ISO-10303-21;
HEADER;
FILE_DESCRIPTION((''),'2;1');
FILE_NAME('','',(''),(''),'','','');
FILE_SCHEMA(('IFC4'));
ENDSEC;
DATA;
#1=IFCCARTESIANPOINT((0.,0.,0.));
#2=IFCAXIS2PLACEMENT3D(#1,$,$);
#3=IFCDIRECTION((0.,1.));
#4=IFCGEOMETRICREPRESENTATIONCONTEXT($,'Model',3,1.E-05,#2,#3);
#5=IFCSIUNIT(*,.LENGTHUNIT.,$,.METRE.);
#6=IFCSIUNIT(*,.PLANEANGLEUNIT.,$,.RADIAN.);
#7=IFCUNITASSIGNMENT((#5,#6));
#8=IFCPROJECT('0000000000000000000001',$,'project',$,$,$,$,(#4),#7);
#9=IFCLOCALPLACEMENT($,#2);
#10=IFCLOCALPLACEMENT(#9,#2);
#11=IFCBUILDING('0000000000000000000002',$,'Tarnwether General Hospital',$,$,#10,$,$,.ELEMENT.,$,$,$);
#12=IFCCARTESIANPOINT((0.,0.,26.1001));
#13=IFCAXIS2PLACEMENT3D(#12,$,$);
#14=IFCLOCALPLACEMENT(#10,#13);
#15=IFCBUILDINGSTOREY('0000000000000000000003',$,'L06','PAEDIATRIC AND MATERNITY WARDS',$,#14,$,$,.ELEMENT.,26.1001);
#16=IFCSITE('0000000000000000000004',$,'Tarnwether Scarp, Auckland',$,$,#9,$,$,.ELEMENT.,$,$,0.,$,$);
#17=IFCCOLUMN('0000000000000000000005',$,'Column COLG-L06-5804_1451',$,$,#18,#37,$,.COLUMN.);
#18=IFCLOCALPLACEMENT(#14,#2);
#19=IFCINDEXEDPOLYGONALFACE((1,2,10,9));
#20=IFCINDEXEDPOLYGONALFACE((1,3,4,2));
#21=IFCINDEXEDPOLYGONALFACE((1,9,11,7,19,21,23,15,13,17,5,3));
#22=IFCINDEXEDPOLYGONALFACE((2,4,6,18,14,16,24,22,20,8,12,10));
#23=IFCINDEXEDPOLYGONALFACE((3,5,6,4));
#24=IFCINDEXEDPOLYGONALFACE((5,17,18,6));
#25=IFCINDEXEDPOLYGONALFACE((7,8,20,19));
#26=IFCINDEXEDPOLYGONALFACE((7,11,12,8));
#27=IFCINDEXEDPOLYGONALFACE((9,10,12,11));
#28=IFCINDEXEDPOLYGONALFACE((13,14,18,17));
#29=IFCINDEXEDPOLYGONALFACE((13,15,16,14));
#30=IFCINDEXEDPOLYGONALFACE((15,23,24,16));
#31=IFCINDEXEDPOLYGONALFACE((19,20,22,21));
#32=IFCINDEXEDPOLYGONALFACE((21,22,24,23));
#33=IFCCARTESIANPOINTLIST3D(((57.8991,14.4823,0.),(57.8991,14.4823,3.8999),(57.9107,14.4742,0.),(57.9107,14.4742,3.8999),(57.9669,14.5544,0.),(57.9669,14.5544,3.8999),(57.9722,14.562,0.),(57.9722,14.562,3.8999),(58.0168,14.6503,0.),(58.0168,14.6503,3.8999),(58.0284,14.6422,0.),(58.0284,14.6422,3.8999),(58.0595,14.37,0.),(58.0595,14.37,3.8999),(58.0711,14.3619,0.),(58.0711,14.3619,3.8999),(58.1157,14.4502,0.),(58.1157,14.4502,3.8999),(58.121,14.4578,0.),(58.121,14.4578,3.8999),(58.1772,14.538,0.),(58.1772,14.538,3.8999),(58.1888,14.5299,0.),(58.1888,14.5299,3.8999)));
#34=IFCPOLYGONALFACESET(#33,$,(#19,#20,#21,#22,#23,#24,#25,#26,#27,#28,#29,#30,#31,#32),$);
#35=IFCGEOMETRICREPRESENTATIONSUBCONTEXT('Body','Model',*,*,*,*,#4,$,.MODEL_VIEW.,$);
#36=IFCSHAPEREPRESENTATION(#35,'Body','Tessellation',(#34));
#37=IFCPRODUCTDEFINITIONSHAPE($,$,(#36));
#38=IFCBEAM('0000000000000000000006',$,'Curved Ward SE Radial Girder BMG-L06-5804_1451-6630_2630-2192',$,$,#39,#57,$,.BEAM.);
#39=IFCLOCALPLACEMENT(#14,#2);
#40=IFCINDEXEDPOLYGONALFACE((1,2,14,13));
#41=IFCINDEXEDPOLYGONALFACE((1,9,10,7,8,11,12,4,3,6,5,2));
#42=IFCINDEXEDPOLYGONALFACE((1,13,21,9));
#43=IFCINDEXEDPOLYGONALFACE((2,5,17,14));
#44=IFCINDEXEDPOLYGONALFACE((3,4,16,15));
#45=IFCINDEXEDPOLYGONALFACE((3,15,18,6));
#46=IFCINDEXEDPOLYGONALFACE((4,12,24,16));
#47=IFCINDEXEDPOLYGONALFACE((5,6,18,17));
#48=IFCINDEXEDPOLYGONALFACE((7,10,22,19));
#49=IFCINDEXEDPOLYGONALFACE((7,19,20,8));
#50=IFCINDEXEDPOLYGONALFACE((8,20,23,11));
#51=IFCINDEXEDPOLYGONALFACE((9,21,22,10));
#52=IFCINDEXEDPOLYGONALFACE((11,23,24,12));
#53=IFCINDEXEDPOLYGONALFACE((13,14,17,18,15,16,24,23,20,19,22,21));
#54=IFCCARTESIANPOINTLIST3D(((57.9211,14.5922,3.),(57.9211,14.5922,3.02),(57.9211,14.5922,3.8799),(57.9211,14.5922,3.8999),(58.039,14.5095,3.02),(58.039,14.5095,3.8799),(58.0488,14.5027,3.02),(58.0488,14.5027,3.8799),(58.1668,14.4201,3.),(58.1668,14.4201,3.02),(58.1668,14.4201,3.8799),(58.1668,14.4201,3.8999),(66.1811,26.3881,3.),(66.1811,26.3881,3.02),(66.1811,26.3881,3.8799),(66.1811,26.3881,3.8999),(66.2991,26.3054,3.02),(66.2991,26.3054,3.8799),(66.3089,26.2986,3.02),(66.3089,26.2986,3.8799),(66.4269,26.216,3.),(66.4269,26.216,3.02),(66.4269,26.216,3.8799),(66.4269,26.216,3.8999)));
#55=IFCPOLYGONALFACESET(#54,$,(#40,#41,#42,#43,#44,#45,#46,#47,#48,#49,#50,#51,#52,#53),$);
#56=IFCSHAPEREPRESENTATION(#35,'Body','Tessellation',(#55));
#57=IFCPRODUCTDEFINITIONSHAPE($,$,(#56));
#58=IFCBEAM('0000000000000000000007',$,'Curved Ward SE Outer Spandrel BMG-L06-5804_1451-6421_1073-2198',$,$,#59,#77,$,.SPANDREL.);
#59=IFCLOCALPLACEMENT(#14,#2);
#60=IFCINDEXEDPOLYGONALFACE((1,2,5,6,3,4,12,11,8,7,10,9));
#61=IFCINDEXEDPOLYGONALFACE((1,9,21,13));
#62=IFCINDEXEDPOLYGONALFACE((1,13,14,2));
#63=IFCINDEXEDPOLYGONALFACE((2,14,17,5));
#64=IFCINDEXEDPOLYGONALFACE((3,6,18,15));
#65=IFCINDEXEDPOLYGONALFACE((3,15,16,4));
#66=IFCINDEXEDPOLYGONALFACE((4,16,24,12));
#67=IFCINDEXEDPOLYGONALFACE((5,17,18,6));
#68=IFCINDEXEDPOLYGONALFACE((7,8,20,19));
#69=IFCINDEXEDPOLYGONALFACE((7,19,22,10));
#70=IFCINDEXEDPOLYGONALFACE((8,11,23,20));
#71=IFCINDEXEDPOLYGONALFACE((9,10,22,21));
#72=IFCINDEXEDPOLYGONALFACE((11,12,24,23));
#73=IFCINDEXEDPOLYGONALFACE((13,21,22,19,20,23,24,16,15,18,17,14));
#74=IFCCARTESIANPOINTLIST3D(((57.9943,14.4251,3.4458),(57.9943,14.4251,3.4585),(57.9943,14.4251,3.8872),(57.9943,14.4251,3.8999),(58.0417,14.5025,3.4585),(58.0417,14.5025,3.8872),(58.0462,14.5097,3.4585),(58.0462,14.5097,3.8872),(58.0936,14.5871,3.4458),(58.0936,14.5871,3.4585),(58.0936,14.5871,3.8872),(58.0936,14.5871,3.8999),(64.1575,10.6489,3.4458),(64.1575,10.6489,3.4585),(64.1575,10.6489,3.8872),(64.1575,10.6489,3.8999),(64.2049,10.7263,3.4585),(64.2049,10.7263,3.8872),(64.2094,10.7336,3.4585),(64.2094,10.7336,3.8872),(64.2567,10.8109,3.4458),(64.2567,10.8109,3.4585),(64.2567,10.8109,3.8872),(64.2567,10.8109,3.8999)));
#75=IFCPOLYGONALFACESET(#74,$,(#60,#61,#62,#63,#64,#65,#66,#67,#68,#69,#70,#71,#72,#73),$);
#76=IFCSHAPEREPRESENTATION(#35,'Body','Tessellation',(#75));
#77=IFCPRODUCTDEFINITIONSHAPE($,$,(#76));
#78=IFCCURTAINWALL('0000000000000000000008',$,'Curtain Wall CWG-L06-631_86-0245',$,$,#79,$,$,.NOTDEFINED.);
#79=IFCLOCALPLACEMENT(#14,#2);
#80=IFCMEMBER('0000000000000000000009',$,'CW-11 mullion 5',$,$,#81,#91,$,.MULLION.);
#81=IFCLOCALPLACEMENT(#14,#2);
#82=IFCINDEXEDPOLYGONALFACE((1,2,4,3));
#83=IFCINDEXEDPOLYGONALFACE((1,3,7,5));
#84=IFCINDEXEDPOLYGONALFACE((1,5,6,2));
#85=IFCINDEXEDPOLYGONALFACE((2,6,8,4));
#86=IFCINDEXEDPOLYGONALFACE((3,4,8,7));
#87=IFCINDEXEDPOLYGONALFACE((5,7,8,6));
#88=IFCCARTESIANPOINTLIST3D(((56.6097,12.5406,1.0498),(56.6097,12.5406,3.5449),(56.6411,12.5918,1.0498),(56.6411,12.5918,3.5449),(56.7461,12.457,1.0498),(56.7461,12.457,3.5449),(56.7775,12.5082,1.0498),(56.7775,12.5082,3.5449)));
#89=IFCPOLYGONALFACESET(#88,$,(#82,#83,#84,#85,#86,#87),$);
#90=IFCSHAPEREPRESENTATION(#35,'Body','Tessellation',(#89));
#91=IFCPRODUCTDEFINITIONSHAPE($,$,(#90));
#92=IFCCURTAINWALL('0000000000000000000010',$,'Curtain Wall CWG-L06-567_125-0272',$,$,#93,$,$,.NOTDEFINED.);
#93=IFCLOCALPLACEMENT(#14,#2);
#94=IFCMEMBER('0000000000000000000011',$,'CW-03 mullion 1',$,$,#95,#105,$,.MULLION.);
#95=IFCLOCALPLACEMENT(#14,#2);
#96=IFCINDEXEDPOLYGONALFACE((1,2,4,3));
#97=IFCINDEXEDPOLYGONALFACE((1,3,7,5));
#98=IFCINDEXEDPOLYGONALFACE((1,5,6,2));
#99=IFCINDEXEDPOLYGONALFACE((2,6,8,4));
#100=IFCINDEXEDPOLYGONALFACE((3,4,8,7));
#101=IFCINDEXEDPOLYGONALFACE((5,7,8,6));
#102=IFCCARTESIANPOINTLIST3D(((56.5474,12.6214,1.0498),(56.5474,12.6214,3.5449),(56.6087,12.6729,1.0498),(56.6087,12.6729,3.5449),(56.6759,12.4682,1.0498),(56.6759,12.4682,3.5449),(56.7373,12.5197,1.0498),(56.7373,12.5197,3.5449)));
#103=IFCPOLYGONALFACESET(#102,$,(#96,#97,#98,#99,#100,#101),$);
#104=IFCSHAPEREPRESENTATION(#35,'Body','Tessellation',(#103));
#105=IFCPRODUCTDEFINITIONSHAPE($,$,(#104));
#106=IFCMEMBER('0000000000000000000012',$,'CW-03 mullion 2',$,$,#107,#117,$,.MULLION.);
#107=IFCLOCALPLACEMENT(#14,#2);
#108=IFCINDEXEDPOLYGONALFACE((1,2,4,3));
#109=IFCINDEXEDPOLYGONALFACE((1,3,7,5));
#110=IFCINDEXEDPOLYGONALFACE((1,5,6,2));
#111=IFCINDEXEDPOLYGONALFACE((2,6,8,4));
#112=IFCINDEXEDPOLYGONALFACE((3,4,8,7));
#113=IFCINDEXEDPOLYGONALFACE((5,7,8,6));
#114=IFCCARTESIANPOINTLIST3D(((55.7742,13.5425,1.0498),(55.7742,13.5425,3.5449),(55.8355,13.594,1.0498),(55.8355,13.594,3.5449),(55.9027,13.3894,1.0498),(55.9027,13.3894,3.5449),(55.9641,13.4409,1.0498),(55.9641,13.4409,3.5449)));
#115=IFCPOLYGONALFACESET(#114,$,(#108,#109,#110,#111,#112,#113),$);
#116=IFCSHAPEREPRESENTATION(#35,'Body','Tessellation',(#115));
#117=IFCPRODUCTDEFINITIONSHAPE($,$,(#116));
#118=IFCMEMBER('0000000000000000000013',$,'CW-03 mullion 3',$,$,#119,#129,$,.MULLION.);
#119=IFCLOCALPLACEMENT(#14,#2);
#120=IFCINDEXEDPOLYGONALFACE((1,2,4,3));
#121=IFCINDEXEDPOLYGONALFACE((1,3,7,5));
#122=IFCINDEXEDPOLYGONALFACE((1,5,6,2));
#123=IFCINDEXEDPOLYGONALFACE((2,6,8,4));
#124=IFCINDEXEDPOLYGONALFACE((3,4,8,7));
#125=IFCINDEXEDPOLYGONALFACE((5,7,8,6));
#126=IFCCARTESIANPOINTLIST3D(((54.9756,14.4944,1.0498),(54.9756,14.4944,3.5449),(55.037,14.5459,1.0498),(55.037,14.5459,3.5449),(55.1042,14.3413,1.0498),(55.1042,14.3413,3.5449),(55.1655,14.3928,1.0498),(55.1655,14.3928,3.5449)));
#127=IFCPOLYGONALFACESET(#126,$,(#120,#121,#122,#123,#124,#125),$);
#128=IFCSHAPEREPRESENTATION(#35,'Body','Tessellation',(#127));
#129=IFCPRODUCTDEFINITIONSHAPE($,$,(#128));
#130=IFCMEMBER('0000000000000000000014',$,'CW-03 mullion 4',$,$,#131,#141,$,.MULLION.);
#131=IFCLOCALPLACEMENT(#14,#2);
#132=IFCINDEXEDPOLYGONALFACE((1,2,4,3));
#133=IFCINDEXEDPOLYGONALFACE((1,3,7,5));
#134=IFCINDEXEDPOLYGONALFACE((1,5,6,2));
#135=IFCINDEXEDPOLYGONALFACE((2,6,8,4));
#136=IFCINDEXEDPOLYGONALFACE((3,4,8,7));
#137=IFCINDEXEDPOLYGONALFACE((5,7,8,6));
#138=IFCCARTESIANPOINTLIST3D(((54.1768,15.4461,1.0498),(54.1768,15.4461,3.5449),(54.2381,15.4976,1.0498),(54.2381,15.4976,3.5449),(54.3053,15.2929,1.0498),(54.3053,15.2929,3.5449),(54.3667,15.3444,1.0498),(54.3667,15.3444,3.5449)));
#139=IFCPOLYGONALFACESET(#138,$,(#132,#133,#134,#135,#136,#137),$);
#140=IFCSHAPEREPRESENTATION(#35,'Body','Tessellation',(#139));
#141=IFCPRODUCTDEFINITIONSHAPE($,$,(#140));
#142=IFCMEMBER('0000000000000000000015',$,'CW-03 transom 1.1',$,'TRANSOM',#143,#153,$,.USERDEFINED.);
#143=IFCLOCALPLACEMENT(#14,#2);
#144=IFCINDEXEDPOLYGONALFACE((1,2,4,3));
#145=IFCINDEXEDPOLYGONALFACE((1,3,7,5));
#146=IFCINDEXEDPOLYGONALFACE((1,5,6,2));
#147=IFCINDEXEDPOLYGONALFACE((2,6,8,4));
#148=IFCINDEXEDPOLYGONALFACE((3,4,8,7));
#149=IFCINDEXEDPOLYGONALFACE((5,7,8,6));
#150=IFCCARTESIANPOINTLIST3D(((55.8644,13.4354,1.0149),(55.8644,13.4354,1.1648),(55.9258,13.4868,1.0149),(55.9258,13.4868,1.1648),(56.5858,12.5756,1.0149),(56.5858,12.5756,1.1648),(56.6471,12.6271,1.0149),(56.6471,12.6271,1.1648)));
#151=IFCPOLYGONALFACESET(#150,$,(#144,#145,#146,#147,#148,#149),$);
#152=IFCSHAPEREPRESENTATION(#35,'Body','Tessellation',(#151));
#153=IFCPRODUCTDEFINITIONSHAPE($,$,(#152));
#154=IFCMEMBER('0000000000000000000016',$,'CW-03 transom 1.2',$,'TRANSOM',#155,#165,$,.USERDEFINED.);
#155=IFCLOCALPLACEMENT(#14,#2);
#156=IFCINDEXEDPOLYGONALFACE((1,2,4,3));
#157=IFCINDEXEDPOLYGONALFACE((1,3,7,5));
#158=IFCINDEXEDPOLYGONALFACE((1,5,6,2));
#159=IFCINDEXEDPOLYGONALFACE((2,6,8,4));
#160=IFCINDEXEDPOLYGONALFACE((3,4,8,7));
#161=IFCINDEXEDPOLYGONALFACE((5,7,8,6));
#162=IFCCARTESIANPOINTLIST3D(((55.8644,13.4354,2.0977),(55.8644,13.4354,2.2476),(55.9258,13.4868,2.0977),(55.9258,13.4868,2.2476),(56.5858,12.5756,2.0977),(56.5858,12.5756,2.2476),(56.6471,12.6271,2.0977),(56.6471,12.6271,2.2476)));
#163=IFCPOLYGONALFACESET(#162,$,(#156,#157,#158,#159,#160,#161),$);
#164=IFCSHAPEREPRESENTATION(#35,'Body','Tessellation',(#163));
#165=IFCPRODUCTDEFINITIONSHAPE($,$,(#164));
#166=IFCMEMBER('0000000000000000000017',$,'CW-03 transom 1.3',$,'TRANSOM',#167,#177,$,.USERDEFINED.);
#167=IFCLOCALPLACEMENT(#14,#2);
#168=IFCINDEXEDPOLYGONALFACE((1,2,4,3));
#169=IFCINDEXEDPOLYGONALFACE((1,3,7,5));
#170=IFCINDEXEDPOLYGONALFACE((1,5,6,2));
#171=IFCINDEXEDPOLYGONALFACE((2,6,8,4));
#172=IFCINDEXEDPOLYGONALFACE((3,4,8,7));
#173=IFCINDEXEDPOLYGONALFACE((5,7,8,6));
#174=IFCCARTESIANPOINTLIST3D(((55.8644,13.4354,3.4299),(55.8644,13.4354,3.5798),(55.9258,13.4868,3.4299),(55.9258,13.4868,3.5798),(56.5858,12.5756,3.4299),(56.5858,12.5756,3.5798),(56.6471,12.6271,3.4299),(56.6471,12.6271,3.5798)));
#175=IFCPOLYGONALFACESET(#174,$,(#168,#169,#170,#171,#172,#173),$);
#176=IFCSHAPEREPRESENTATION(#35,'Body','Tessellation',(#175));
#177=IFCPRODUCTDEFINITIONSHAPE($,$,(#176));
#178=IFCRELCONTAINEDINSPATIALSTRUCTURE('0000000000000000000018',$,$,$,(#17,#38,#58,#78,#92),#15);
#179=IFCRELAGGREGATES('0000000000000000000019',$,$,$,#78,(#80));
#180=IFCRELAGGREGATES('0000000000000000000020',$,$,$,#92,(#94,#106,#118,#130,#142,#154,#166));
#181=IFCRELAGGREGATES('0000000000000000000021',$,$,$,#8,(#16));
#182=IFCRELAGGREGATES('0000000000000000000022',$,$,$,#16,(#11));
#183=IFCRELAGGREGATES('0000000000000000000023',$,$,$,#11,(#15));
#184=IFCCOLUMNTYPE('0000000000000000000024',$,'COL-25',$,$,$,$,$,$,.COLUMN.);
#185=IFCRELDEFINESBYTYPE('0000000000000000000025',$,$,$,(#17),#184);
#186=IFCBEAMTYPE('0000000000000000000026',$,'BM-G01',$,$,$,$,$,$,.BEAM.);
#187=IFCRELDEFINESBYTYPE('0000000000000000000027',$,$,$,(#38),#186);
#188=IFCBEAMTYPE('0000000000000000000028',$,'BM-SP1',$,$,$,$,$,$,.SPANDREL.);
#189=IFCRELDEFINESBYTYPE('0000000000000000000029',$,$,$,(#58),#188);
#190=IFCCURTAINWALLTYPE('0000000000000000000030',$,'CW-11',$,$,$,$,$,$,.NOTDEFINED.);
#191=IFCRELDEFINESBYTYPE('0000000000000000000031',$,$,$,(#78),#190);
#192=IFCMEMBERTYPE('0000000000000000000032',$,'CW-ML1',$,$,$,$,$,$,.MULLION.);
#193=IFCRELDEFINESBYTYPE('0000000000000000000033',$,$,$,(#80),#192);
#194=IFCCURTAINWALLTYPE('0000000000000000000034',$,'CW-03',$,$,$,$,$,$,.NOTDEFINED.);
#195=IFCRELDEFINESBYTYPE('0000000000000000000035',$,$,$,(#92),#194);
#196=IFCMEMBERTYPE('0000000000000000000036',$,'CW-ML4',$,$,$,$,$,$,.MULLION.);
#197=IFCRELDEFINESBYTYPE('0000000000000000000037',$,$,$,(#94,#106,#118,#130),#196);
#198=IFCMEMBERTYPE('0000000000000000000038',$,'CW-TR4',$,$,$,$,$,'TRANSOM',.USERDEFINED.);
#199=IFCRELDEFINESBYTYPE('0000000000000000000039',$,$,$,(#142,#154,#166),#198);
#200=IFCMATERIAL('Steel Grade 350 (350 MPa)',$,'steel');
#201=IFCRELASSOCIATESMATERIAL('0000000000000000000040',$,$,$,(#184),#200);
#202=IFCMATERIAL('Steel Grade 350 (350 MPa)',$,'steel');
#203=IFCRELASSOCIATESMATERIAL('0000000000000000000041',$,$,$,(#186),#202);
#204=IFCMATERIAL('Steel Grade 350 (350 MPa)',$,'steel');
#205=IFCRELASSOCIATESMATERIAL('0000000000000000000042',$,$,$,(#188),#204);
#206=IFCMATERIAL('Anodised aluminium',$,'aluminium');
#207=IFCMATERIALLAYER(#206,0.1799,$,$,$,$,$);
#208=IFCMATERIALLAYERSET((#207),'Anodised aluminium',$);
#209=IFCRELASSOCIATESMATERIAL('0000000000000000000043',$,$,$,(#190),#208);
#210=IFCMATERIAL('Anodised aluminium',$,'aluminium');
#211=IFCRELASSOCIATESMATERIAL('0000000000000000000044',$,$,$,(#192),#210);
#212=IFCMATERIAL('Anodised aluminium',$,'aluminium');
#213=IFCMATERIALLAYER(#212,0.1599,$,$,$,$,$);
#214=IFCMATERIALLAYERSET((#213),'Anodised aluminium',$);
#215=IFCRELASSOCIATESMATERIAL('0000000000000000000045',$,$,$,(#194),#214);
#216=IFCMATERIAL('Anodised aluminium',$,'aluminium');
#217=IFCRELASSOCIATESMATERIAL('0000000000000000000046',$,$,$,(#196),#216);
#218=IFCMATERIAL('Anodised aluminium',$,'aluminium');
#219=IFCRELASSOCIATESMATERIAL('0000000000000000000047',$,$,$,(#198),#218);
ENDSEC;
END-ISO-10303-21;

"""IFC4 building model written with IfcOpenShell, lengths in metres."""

from ifc_helpers import new_model, si_unit, direction, frame, origin, origin_2d, place, context, subcontext, project, spatial, rectangle, i_section, extrude, material, layer, layer_set, material_profile, profile_set, type_object, element, aggregate, save


model = new_model("IFC4")

# Units and contexts
model_context = context("Model", 3, precision=1e-05, world=origin(), true_north=direction((0.0, 1.0)))
body_context = subcontext(model_context, "Body", "Model", "MODEL_VIEW")
ifc_project = project(units=[si_unit("LENGTHUNIT", "METRE"), si_unit("PLANEANGLEUNIT", "RADIAN")], contexts=[model_context])

# Site, building, storey
site_placement = place(None, origin())
site = spatial("IfcSite", under=ifc_project, at=site_placement, Name="Tarnwether Scarp, Auckland", CompositionType="ELEMENT", RefElevation=0.0)
building_placement = place(site_placement, origin())
building = spatial("IfcBuilding", under=site, at=building_placement, Name="Tarnwether General Hospital", CompositionType="ELEMENT")
storey_placement = place(building_placement, frame((0.0, 0.0, 26.1001)))
storey = spatial("IfcBuildingStorey", under=building, at=storey_placement, Name="L06", Description="PAEDIATRIC AND MATERNITY WARDS", CompositionType="ELEMENT", Elevation=26.1001)

# Column
ifc_material_1 = material(Name="Steel Grade 350 (350 MPa)", Category="steel")
ifc_material_profile_1 = material_profile(ifc_material_1, i_section(OverallWidth=0.2051, OverallDepth=0.21, WebThickness=0.0093, FlangeThickness=0.0142, at=origin_2d()), Name="200UC59.5")
ifc_profile_set_1 = profile_set([ifc_material_profile_1], Name="Steel Grade 350 (350 MPa)")
column_type = type_object("IfcColumnType", Name="COL-25", PredefinedType="COLUMN", material=ifc_profile_set_1)
column_placement = place(storey_placement, frame((58.0439, 14.5061, 0.0), z_axis=(0.0, 0.0, 1.0), x_axis=(0.573576, 0.819152, 0.0)))
element("IfcColumn", 1, at=column_placement, inside=storey, type_object=column_type, Name="Column COLG-L06-5804_1451", PredefinedType="COLUMN", context=body_context, shape_type="SweptSolid", body=[
    extrude(i_section(OverallWidth=0.2051, OverallDepth=0.21, WebThickness=0.0093, FlangeThickness=0.0142, at=origin_2d()), origin(), (0.0, 0.0, 1.0), 3.8999),
])

# Beams
ifc_material_2 = material(Name="Steel Grade 350 (350 MPa)", Category="steel")
ifc_material_profile_2 = material_profile(ifc_material_2, i_section(OverallWidth=0.3, OverallDepth=0.8999, WebThickness=0.012, FlangeThickness=0.02, at=origin_2d()), Name="900WB175")
ifc_profile_set_2 = profile_set([ifc_material_profile_2], Name="Steel Grade 350 (350 MPa)")
beam_type_1 = type_object("IfcBeamType", Name="BM-G01", PredefinedType="BEAM", material=ifc_profile_set_2)
beam_1_placement = place(storey_placement, frame((58.0439, 14.5061, 3.45), z_axis=(0.573597, 0.819138, 0.0), x_axis=(-0.819138, 0.573597, 0.0)))
element("IfcBeam", 2, at=beam_1_placement, inside=storey, type_object=beam_type_1, Name="Curved Ward SE Radial Girder BMG-L06-5804_1451-6630_2630-2192", PredefinedType="BEAM", context=body_context, shape_type="SweptSolid", body=[
    extrude(i_section(OverallWidth=0.3, OverallDepth=0.8999, WebThickness=0.012, FlangeThickness=0.02, at=origin_2d()), origin(), (0.0, 0.0, 1.0), 14.4004),
])
ifc_material_3 = material(Name="Steel Grade 350 (350 MPa)", Category="steel")
ifc_material_profile_3 = material_profile(ifc_material_3, i_section(OverallWidth=0.1899, OverallDepth=0.4541, WebThickness=0.0085, FlangeThickness=0.0127, at=origin_2d()), Name="460UB67.1")
ifc_profile_set_3 = profile_set([ifc_material_profile_3], Name="Steel Grade 350 (350 MPa)")
beam_type_2 = type_object("IfcBeamType", Name="BM-SP1", PredefinedType="SPANDREL", material=ifc_profile_set_3)
beam_2_placement = place(storey_placement, frame((58.0439, 14.5061, 3.6729), z_axis=(0.852678, -0.522436, 0.0), x_axis=(0.522436, 0.852678, 0.0)))
element("IfcBeam", 3, at=beam_2_placement, inside=storey, type_object=beam_type_2, Name="Curved Ward SE Outer Spandrel BMG-L06-5804_1451-6421_1073-2198", PredefinedType="SPANDREL", context=body_context, shape_type="SweptSolid", body=[
    extrude(i_section(OverallWidth=0.1899, OverallDepth=0.4541, WebThickness=0.0085, FlangeThickness=0.0127, at=origin_2d()), origin(), (0.0, 0.0, 1.0), 7.228),
])

# Curtain wall, member
ifc_material_4 = material(Name="Anodised aluminium", Category="aluminium")
ifc_layer_1 = layer(ifc_material_4, 0.1799)
ifc_layer_set_1 = layer_set([ifc_layer_1], Name="Anodised aluminium")
curtain_wall_type_1 = type_object("IfcCurtainWallType", Name="CW-11", PredefinedType="NOTDEFINED", material=ifc_layer_set_1)
curtain_wall_1_placement = place(storey_placement, origin())
curtain_wall_1 = element("IfcCurtainWall", 4, at=curtain_wall_1_placement, inside=storey, type_object=curtain_wall_type_1, Name="Curtain Wall CWG-L06-631_86-0245", PredefinedType="NOTDEFINED")
ifc_material_5 = material(Name="Anodised aluminium", Category="aluminium")
ifc_material_profile_4 = material_profile(ifc_material_5, rectangle(XDim=0.0601, YDim=0.1599, at=origin_2d()), Name="ALU-MUL-60x160")
ifc_profile_set_4 = profile_set([ifc_material_profile_4], Name="Anodised aluminium")
member_type_1 = type_object("IfcMemberType", Name="CW-ML1", PredefinedType="MULLION", material=ifc_profile_set_4)
member_1_placement = place(storey_placement, frame((56.6936, 12.5244, 1.0498), z_axis=(0.0, 0.0, 1.0), x_axis=(-0.522509, -0.852634, 0.0)))
member_1 = element("IfcMember", 5, at=member_1_placement, type_object=member_type_1, Name="CW-11 mullion 5", PredefinedType="MULLION", context=body_context, shape_type="SweptSolid", body=[
    extrude(rectangle(XDim=0.0601, YDim=0.1599, at=origin_2d()), origin(), (0.0, 0.0, 1.0), 2.4951),
])

# Curtain wall, members
ifc_material_6 = material(Name="Anodised aluminium", Category="aluminium")
ifc_layer_2 = layer(ifc_material_6, 0.1599)
ifc_layer_set_2 = layer_set([ifc_layer_2], Name="Anodised aluminium")
curtain_wall_type_2 = type_object("IfcCurtainWallType", Name="CW-03", PredefinedType="NOTDEFINED", material=ifc_layer_set_2)
curtain_wall_2_placement = place(storey_placement, origin())
curtain_wall_2 = element("IfcCurtainWall", 6, at=curtain_wall_2_placement, inside=storey, type_object=curtain_wall_type_2, Name="Curtain Wall CWG-L06-567_125-0272", PredefinedType="NOTDEFINED")
ifc_material_7 = material(Name="Anodised aluminium", Category="aluminium")
ifc_material_profile_5 = material_profile(ifc_material_7, rectangle(XDim=0.0801, YDim=0.2, at=origin_2d()), Name="ALU-MUL-80x200")
ifc_profile_set_5 = profile_set([ifc_material_profile_5], Name="Anodised aluminium")
member_type_2 = type_object("IfcMemberType", Name="CW-ML4", PredefinedType="MULLION", material=ifc_profile_set_5)
member_2_placement = place(storey_placement, frame((56.6423, 12.5706, 1.0498), z_axis=(0.0, 0.0, 1.0), x_axis=(-0.76599, -0.642852, 0.0)))
member_2 = element("IfcMember", 7, at=member_2_placement, type_object=member_type_2, Name="CW-03 mullion 1", PredefinedType="MULLION", context=body_context, shape_type="SweptSolid", body=[
    extrude(rectangle(XDim=0.0801, YDim=0.2, at=origin_2d()), origin(), (0.0, 0.0, 1.0), 2.4951),
])
member_3_placement = place(storey_placement, frame((55.8691, 13.4917, 1.0498), z_axis=(0.0, 0.0, 1.0), x_axis=(-0.76599, -0.642852, 0.0)))
member_3 = element("IfcMember", 8, at=member_3_placement, type_object=member_type_2, Name="CW-03 mullion 2", PredefinedType="MULLION", context=body_context, shape_type="SweptSolid", body=[
    extrude(rectangle(XDim=0.0801, YDim=0.2, at=origin_2d()), origin(), (0.0, 0.0, 1.0), 2.4951),
])
member_4_placement = place(storey_placement, frame((55.0706, 14.4436, 1.0498), z_axis=(0.0, 0.0, 1.0), x_axis=(-0.76599, -0.642852, 0.0)))
member_4 = element("IfcMember", 9, at=member_4_placement, type_object=member_type_2, Name="CW-03 mullion 3", PredefinedType="MULLION", context=body_context, shape_type="SweptSolid", body=[
    extrude(rectangle(XDim=0.0801, YDim=0.2, at=origin_2d()), origin(), (0.0, 0.0, 1.0), 2.4951),
])
member_5_placement = place(storey_placement, frame((54.2717, 15.3953, 1.0498), z_axis=(0.0, 0.0, 1.0), x_axis=(-0.76599, -0.642852, 0.0)))
member_5 = element("IfcMember", 10, at=member_5_placement, type_object=member_type_2, Name="CW-03 mullion 4", PredefinedType="MULLION", context=body_context, shape_type="SweptSolid", body=[
    extrude(rectangle(XDim=0.0801, YDim=0.2, at=origin_2d()), origin(), (0.0, 0.0, 1.0), 2.4951),
])
ifc_material_8 = material(Name="Anodised aluminium", Category="aluminium")
ifc_material_profile_6 = material_profile(ifc_material_8, rectangle(XDim=0.0801, YDim=0.1499, at=origin_2d()), Name="ALU-TRN-80x150")
ifc_profile_set_6 = profile_set([ifc_material_profile_6], Name="Anodised aluminium")
member_type_3 = type_object("IfcMemberType", Name="CW-TR4", ElementType="TRANSOM", PredefinedType="USERDEFINED", material=ifc_profile_set_6)
member_6_placement = place(storey_placement, frame((56.6165, 12.6013, 1.0898), z_axis=(-0.642748, 0.766078, 0.0), x_axis=(-0.766078, -0.642748, 0.0)))
member_6 = element("IfcMember", 11, at=member_6_placement, type_object=member_type_3, Name="CW-03 transom 1.1", ObjectType="TRANSOM", PredefinedType="USERDEFINED", context=body_context, shape_type="SweptSolid", body=[
    extrude(rectangle(XDim=0.0801, YDim=0.1499, at=origin_2d()), origin(), (0.0, 0.0, 1.0), 1.1223),
])
member_7_placement = place(storey_placement, frame((56.6165, 12.6013, 2.1726), z_axis=(-0.642748, 0.766078, 0.0), x_axis=(-0.766078, -0.642748, 0.0)))
member_7 = element("IfcMember", 12, at=member_7_placement, type_object=member_type_3, Name="CW-03 transom 1.2", ObjectType="TRANSOM", PredefinedType="USERDEFINED", context=body_context, shape_type="SweptSolid", body=[
    extrude(rectangle(XDim=0.0801, YDim=0.1499, at=origin_2d()), origin(), (0.0, 0.0, 1.0), 1.1223),
])
member_8_placement = place(storey_placement, frame((56.6165, 12.6013, 3.5049), z_axis=(-0.642748, 0.766078, 0.0), x_axis=(-0.766078, -0.642748, 0.0)))
member_8 = element("IfcMember", 13, at=member_8_placement, type_object=member_type_3, Name="CW-03 transom 1.3", ObjectType="TRANSOM", PredefinedType="USERDEFINED", context=body_context, shape_type="SweptSolid", body=[
    extrude(rectangle(XDim=0.0801, YDim=0.1499, at=origin_2d()), origin(), (0.0, 0.0, 1.0), 1.1223),
])

aggregate(curtain_wall_1, [member_1])
aggregate(curtain_wall_2, [member_2, member_3, member_4, member_5, member_6, member_7, member_8])

save(model, "model.ifc")
